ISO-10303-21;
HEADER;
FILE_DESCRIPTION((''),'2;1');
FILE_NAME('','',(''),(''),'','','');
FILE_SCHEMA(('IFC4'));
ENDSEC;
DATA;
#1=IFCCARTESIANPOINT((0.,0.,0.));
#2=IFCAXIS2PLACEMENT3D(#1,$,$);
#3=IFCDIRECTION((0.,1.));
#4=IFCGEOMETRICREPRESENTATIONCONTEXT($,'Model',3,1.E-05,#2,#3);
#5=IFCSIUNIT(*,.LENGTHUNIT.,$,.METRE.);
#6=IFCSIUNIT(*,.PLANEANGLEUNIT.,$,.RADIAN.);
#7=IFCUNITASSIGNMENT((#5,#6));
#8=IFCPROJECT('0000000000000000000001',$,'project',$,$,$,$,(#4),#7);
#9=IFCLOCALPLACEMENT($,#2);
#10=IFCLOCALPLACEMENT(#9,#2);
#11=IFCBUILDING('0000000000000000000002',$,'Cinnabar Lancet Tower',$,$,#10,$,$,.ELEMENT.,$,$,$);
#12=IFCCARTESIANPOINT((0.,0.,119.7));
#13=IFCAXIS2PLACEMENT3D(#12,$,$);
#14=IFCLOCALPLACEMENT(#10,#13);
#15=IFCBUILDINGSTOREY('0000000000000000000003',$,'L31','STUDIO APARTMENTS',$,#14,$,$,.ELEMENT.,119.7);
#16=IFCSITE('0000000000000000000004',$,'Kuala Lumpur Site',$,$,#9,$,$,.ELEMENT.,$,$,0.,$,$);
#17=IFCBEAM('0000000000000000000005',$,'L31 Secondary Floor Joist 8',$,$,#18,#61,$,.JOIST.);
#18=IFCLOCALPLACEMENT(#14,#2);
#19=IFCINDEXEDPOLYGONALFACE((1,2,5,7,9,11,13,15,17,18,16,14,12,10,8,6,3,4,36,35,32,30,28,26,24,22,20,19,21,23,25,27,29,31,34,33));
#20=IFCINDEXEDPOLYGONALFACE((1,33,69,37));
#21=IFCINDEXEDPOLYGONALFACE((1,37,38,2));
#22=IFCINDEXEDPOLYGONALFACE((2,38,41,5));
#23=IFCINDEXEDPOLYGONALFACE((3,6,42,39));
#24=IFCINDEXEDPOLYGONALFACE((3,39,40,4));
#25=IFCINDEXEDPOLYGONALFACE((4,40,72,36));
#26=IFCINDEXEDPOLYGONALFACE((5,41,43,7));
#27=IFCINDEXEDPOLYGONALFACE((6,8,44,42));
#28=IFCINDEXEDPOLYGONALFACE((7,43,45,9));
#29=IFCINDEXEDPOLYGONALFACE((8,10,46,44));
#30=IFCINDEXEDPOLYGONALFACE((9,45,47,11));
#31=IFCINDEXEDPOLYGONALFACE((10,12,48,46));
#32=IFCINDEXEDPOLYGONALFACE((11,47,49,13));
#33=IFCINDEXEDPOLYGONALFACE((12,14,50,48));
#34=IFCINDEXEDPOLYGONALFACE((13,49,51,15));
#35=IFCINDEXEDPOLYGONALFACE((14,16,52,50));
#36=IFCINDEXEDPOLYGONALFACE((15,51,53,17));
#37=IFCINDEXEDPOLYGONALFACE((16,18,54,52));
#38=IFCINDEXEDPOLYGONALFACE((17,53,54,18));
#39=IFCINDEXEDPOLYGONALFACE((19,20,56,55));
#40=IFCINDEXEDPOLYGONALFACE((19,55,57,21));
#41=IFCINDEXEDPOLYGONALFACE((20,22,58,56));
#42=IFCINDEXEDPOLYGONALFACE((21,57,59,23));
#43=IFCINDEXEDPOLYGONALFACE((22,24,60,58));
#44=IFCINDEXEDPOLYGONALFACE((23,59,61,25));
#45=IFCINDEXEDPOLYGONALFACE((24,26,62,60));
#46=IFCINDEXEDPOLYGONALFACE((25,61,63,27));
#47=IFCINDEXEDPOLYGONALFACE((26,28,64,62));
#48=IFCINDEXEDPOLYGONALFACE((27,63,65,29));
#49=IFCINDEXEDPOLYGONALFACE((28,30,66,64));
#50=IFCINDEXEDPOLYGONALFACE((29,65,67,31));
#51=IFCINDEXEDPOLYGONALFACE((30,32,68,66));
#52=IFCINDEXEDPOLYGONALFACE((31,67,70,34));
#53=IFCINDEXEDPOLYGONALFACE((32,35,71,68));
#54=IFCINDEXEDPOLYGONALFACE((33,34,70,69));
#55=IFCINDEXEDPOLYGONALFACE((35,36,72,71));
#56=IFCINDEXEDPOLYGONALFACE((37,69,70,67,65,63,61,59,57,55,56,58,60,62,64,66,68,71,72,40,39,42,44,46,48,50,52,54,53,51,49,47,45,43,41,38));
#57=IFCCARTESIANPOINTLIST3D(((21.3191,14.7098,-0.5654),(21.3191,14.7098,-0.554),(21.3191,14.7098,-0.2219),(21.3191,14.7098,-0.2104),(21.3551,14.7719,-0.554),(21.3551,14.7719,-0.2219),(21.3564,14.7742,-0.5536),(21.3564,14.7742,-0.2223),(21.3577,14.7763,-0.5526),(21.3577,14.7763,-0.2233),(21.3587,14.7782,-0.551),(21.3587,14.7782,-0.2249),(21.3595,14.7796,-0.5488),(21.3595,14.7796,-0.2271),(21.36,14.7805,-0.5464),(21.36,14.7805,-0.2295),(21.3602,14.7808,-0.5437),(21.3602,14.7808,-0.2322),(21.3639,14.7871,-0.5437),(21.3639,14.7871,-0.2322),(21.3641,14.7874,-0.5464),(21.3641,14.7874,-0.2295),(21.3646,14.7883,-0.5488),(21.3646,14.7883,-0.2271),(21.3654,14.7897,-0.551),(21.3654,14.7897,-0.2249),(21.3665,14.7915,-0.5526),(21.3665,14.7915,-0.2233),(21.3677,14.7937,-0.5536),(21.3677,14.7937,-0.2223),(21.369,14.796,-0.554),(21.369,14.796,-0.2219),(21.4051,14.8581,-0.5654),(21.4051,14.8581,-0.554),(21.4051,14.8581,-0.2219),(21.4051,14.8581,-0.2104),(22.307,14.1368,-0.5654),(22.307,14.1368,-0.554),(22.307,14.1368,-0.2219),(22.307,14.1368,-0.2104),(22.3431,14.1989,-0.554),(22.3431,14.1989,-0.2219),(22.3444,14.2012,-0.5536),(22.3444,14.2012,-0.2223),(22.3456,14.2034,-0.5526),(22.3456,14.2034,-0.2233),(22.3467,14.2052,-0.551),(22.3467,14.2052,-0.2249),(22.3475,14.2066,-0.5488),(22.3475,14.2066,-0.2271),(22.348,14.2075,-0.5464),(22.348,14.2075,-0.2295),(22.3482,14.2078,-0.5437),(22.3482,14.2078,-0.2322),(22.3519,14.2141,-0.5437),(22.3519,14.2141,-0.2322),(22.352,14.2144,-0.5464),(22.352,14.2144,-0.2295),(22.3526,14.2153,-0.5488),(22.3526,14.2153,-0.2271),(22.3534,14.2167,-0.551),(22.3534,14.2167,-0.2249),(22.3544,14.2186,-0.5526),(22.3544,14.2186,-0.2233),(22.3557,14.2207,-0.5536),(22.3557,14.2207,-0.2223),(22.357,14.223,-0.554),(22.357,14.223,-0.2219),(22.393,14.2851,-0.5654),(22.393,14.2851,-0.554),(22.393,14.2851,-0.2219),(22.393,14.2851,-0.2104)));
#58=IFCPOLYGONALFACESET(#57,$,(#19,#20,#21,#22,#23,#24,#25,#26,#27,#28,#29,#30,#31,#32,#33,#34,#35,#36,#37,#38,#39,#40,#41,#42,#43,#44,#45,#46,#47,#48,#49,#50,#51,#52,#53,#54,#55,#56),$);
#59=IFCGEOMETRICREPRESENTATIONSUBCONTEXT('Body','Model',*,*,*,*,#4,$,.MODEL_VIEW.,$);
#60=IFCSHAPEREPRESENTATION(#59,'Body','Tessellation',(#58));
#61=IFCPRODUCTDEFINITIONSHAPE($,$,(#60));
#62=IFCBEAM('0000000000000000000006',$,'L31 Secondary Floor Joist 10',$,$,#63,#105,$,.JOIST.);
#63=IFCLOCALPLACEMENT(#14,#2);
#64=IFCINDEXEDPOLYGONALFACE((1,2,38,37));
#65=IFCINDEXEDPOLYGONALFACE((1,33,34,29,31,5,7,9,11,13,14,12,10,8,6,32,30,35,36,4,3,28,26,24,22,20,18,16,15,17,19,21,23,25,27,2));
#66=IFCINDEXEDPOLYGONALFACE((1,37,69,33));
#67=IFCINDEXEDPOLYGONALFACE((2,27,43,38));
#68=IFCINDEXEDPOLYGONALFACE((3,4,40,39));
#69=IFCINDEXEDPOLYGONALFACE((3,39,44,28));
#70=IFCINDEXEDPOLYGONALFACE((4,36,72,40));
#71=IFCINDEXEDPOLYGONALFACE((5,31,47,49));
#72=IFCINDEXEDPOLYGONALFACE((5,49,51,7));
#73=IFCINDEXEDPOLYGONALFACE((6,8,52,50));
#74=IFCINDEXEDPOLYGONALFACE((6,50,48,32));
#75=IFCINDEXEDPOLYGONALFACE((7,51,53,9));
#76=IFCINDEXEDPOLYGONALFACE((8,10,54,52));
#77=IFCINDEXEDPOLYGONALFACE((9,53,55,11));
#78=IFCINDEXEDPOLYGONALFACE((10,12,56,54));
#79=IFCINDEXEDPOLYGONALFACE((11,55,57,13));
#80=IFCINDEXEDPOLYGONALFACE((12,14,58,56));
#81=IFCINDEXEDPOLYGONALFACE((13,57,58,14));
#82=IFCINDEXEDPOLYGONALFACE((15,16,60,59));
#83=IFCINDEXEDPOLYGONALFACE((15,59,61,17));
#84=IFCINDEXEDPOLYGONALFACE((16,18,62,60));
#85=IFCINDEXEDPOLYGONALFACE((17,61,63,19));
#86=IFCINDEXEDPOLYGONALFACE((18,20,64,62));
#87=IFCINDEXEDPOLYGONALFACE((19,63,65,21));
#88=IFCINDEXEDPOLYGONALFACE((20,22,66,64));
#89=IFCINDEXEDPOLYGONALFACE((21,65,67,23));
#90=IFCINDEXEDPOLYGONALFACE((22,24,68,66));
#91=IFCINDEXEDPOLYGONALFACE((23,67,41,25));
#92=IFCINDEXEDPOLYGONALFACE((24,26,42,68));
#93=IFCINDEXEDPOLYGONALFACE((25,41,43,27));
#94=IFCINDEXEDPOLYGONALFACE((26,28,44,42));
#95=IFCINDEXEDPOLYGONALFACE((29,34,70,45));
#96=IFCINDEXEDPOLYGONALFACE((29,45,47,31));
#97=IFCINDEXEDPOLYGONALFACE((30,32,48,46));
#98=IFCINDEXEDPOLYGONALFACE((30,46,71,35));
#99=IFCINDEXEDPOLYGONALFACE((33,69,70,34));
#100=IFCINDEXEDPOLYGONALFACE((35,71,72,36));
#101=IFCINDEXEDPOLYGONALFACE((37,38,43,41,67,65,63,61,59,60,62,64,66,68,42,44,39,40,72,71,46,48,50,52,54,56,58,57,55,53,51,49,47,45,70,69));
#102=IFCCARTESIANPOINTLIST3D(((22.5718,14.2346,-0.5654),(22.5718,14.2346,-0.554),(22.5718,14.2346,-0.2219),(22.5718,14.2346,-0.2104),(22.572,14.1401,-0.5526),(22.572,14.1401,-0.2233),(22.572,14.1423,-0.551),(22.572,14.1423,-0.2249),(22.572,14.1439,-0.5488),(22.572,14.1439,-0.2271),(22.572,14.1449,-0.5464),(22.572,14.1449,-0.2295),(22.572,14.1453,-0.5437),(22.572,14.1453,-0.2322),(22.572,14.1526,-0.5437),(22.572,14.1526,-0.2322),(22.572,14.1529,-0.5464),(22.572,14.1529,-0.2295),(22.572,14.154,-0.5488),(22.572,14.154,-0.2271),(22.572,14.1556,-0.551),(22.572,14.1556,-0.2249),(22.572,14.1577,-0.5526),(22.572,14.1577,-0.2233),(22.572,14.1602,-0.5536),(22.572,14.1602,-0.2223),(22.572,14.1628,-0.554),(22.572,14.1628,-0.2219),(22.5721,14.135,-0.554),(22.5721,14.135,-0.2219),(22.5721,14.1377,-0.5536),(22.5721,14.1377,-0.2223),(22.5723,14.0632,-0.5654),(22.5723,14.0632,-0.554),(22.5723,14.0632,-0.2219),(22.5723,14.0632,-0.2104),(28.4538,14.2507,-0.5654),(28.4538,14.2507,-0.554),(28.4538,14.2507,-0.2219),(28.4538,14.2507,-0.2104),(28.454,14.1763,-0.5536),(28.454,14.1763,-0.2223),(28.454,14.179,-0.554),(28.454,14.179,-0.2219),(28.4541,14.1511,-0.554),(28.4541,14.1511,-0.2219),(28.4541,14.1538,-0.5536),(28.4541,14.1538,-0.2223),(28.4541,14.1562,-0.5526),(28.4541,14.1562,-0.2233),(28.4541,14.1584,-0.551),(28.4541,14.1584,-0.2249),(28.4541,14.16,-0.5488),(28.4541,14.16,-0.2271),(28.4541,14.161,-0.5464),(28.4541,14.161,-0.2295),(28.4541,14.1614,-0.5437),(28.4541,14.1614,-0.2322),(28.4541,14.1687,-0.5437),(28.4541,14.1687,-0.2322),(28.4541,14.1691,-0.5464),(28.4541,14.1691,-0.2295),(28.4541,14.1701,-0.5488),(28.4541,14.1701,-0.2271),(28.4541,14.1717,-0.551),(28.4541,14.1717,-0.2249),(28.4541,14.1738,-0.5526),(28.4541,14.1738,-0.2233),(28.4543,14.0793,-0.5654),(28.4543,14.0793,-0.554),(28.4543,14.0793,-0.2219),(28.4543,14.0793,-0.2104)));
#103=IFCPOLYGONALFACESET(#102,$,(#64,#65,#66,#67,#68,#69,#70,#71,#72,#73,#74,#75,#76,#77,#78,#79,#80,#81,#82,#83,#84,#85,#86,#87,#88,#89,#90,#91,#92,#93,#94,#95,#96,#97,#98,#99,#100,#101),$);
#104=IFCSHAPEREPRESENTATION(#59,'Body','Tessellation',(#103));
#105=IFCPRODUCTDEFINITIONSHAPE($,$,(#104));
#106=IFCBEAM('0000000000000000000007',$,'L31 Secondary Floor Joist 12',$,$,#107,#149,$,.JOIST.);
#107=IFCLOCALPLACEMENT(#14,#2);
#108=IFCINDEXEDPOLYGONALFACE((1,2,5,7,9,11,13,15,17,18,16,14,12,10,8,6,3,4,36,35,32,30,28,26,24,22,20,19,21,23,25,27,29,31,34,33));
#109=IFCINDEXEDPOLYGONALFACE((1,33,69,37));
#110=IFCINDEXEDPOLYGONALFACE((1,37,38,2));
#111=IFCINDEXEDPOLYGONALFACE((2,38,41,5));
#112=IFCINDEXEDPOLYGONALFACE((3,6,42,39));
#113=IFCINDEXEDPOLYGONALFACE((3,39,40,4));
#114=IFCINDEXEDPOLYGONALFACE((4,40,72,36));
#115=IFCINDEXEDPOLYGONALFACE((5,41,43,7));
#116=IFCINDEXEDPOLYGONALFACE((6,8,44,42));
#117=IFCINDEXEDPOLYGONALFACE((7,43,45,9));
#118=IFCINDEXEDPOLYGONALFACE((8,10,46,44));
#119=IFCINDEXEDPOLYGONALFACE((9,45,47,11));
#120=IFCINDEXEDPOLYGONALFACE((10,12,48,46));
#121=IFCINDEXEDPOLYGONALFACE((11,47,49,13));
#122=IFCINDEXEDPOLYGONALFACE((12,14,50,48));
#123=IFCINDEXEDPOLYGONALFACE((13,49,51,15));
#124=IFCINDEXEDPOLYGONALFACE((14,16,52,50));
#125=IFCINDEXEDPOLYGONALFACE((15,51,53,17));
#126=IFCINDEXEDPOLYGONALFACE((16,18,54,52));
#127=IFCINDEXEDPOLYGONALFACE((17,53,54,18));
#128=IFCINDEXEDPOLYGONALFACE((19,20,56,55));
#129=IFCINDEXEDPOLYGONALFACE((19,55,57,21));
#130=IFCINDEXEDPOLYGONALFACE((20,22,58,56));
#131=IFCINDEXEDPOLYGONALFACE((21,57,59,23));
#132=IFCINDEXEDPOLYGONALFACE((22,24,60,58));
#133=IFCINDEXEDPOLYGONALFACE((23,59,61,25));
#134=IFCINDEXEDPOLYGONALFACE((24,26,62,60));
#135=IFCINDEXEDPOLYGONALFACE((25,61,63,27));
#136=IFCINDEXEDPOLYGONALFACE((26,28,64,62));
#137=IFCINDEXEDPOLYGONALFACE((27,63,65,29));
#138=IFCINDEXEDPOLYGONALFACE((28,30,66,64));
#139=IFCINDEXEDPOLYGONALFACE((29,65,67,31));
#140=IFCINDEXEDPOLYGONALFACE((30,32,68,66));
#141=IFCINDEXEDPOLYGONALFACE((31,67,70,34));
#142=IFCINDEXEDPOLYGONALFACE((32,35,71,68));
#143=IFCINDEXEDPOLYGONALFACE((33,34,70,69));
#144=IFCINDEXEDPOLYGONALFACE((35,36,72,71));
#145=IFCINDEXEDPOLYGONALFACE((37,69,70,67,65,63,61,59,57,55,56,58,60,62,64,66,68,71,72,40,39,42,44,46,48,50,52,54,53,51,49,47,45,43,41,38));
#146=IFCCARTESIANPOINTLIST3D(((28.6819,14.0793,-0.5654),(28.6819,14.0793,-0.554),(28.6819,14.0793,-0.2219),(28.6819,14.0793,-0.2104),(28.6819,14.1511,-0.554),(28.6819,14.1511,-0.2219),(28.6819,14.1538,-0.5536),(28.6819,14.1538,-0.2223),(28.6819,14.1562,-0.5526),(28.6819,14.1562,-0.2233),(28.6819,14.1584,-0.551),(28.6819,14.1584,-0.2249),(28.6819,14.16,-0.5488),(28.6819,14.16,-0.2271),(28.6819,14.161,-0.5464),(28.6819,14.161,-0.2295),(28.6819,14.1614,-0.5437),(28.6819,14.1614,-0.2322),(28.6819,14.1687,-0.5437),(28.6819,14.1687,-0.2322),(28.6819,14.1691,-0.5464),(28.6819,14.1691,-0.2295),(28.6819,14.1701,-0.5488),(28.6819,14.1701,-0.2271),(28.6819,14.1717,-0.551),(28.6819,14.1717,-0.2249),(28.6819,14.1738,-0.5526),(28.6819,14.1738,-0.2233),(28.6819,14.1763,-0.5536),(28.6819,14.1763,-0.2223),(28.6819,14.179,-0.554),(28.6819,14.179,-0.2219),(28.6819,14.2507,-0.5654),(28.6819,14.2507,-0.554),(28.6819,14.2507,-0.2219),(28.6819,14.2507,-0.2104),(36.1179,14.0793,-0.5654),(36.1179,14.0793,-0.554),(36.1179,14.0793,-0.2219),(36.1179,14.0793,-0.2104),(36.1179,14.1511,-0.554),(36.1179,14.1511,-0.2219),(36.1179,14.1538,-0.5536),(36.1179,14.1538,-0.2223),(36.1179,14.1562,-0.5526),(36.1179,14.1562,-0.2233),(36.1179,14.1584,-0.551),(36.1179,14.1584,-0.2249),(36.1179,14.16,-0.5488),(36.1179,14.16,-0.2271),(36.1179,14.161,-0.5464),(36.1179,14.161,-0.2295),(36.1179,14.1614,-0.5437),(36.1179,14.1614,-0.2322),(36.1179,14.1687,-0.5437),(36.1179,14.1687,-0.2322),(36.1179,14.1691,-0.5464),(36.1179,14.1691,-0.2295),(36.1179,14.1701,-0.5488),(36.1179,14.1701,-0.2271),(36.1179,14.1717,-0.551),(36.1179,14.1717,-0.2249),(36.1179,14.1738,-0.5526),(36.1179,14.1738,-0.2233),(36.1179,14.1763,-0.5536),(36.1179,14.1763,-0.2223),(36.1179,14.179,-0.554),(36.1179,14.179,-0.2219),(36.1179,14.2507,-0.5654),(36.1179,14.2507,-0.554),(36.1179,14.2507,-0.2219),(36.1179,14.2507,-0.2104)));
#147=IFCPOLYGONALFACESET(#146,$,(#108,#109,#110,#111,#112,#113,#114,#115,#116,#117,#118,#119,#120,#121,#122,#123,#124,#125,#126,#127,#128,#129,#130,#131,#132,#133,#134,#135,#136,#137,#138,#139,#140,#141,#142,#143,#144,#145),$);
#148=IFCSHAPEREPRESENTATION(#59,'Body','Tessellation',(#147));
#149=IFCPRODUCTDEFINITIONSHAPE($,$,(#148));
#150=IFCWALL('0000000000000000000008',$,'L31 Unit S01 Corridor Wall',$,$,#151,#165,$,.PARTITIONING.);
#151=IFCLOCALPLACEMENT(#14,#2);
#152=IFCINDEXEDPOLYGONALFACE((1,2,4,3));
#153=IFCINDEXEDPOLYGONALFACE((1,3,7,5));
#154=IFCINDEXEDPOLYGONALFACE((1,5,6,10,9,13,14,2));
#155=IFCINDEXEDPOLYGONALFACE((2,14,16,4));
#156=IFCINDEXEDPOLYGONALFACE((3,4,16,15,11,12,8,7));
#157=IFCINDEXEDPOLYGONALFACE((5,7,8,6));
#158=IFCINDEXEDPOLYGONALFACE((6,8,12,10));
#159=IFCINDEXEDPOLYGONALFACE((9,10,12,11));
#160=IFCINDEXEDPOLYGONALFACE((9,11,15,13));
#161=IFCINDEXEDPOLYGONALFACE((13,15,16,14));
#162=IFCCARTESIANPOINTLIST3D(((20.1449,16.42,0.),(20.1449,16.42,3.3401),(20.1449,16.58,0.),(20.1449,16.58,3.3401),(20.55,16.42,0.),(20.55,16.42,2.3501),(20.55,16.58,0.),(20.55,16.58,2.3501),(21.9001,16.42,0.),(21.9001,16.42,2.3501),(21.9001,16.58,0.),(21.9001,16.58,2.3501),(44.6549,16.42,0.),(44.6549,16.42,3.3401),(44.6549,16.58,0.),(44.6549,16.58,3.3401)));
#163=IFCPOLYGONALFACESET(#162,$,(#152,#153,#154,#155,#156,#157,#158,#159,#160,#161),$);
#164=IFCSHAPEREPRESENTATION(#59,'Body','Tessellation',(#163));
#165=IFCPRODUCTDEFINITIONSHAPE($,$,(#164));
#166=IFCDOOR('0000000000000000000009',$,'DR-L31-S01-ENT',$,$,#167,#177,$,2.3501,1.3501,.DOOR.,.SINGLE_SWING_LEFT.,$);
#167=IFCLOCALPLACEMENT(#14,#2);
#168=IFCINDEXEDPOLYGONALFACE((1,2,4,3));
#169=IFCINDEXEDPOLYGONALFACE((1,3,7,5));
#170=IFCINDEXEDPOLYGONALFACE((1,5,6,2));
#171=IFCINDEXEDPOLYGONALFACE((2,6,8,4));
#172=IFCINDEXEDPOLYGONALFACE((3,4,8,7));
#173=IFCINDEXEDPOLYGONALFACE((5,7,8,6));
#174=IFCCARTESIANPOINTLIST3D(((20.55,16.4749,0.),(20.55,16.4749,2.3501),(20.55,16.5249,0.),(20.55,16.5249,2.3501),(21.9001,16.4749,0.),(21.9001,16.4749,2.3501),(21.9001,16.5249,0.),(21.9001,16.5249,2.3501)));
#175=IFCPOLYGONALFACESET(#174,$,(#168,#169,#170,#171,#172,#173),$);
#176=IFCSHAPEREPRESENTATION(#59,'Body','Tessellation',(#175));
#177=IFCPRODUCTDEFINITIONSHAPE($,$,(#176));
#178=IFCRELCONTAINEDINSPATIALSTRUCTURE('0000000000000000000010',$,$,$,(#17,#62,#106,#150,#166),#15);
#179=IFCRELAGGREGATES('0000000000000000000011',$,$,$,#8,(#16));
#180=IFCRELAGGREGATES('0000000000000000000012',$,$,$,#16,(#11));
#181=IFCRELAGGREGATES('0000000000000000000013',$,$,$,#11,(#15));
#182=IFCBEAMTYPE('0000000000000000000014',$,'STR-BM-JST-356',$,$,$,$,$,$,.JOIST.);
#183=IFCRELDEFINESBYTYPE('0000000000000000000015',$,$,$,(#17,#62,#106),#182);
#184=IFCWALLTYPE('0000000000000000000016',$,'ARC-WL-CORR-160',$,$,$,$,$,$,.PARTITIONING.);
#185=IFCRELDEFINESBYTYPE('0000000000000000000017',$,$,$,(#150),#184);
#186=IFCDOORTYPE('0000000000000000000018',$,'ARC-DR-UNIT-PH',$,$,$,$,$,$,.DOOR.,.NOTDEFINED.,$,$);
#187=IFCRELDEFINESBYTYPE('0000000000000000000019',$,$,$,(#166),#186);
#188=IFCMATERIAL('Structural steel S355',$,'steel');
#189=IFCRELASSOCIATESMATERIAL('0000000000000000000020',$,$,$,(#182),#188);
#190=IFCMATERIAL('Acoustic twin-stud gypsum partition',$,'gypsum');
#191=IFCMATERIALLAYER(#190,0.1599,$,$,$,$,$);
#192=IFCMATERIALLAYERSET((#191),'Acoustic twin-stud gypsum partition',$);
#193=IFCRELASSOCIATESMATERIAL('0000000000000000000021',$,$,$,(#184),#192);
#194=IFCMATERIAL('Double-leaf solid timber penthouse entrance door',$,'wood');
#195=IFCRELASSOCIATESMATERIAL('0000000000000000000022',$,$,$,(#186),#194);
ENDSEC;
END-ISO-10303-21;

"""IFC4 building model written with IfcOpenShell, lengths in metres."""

from ifc_helpers import new_model, si_unit, direction, frame, frame_2d, origin, origin_2d, place, context, subcontext, project, spatial, rectangle, i_section, extrude, material, layer, layer_set, material_profile, profile_set, type_object, element, fill, save


model = new_model("IFC4")

# Units and contexts
model_context = context("Model", 3, precision=1e-05, world=origin(), true_north=direction((0.0, 1.0)))
body_context = subcontext(model_context, "Body", "Model", "MODEL_VIEW")
ifc_project = project(units=[si_unit("LENGTHUNIT", "METRE"), si_unit("PLANEANGLEUNIT", "RADIAN")], contexts=[model_context])

# Site, building, storey
site_placement = place(None, origin())
site = spatial("IfcSite", under=ifc_project, at=site_placement, Name="Kuala Lumpur Site", CompositionType="ELEMENT", RefElevation=0.0)
building_placement = place(site_placement, origin())
building = spatial("IfcBuilding", under=site, at=building_placement, Name="Cinnabar Lancet Tower", CompositionType="ELEMENT")
storey_placement = place(building_placement, frame((0.0, 0.0, 119.7)))
storey = spatial("IfcBuildingStorey", under=building, at=storey_placement, Name="L31", Description="STUDIO APARTMENTS", CompositionType="ELEMENT", Elevation=119.7)

# Beams
ifc_material_1 = material(Name="Structural steel S355", Category="steel")
ifc_material_profile_1 = material_profile(ifc_material_1, i_section(OverallWidth=0.1714, OverallDepth=0.355, WebThickness=0.0073, FlangeThickness=0.0115, FilletRadius=0.0103, at=origin_2d()), Name="UKB 356x171x51")
ifc_profile_set_1 = profile_set([ifc_material_profile_1], Name="Structural steel S355")
beam_type = type_object("IfcBeamType", Name="STR-BM-JST-356", PredefinedType="JOIST", material=ifc_profile_set_1)
beam_1_placement = place(storey_placement, frame((21.3621, 14.7839, -0.3879), z_axis=(0.865055, -0.501677, 0.0), x_axis=(0.501677, 0.865055, 0.0)))
element("IfcBeam", 1, at=beam_1_placement, inside=storey, type_object=beam_type, Name="L31 Secondary Floor Joist 8", PredefinedType="JOIST", context=body_context, shape_type="SweptSolid", body=[
    extrude(i_section(OverallWidth=0.1714, OverallDepth=0.355, WebThickness=0.0073, FlangeThickness=0.0115, FilletRadius=0.0103, at=origin_2d()), origin(), (0.0, 0.0, 1.0), 1.1421),
])
beam_2_placement = place(storey_placement, frame((22.572, 14.1489, -0.3879), z_axis=(0.999996, 0.002739, 0.0), x_axis=(-0.002739, 0.999996, 0.0)))
element("IfcBeam", 2, at=beam_2_placement, inside=storey, type_object=beam_type, Name="L31 Secondary Floor Joist 10", PredefinedType="JOIST", context=body_context, shape_type="SweptSolid", body=[
    extrude(i_section(OverallWidth=0.1714, OverallDepth=0.355, WebThickness=0.0073, FlangeThickness=0.0115, FilletRadius=0.0103, at=origin_2d()), origin(), (0.0, 0.0, 1.0), 5.8821),
])
beam_3_placement = place(storey_placement, frame((28.6819, 14.165, -0.3879), z_axis=(1.0, 0.0, 0.0), x_axis=(0.0, 1.0, 0.0)))
element("IfcBeam", 3, at=beam_3_placement, inside=storey, type_object=beam_type, Name="L31 Secondary Floor Joist 12", PredefinedType="JOIST", context=body_context, shape_type="SweptSolid", body=[
    extrude(i_section(OverallWidth=0.1714, OverallDepth=0.355, WebThickness=0.0073, FlangeThickness=0.0115, FilletRadius=0.0103, at=origin_2d()), origin(), (0.0, 0.0, 1.0), 7.436),
])

# Wall, opening, door
ifc_material_2 = material(Name="Acoustic twin-stud gypsum partition", Category="gypsum")
ifc_layer = layer(ifc_material_2, 0.1599)
ifc_layer_set = layer_set([ifc_layer], Name="Acoustic twin-stud gypsum partition")
wall_type = type_object("IfcWallType", Name="ARC-WL-CORR-160", PredefinedType="PARTITIONING", material=ifc_layer_set)
wall_1_placement = place(storey_placement, frame((20.145, 16.5, 0.0), z_axis=(0.0, 0.0, 1.0), x_axis=(1.0, 0.0, 0.0)))
wall_1 = element("IfcWall", 4, at=wall_1_placement, inside=storey, type_object=wall_type, Name="L31 Unit S01 Corridor Wall", PredefinedType="PARTITIONING", context=body_context, shape_type="SweptSolid", body=[
    extrude(rectangle(XDim=24.51, YDim=0.1599, at=frame_2d((12.2549, 0.0))), origin(), (0.0, 0.0, 1.0), 3.3401),
])
opening_1_placement = place(wall_1_placement, frame((0.405, 0.0, 0.0)))
opening_1 = element("IfcOpeningElement", 5, at=opening_1_placement, cuts=wall_1, PredefinedType="OPENING", context=body_context, shape_type="SweptSolid", body=[
    extrude(rectangle(XDim=1.3501, YDim=2.3501, at=frame_2d((0.675, 1.175))), frame((0.0, 0.0898, 0.0), z_axis=(0.0, -1.0, 0.0), x_axis=(1.0, 0.0, 0.0)), (0.0, 0.0, 1.0), 0.1799),
])
ifc_material_3 = material(Name="Double-leaf solid timber penthouse entrance door", Category="wood")
door_type_1 = type_object("IfcDoorType", Name="ARC-DR-UNIT-PH", OperationType="NOTDEFINED", PredefinedType="DOOR", material=ifc_material_3)
door_1_placement = place(opening_1_placement, origin())
door_1 = element("IfcDoor", 6, at=door_1_placement, inside=storey, type_object=door_type_1, Name="DR-L31-S01-ENT", OperationType="SINGLE_SWING_LEFT", OverallHeight=2.3501, OverallWidth=1.3501, PredefinedType="DOOR", context=body_context, shape_type="SweptSolid", body=[
    extrude(rectangle(XDim=1.3501, YDim=2.3501, at=frame_2d((0.675, 1.175))), frame((0.0, 0.0249, 0.0), z_axis=(0.0, -1.0, 0.0), x_axis=(1.0, 0.0, 0.0)), (0.0, 0.0, 1.0), 0.05),
])
fill(opening_1, door_1)

save(model, "model.ifc")
